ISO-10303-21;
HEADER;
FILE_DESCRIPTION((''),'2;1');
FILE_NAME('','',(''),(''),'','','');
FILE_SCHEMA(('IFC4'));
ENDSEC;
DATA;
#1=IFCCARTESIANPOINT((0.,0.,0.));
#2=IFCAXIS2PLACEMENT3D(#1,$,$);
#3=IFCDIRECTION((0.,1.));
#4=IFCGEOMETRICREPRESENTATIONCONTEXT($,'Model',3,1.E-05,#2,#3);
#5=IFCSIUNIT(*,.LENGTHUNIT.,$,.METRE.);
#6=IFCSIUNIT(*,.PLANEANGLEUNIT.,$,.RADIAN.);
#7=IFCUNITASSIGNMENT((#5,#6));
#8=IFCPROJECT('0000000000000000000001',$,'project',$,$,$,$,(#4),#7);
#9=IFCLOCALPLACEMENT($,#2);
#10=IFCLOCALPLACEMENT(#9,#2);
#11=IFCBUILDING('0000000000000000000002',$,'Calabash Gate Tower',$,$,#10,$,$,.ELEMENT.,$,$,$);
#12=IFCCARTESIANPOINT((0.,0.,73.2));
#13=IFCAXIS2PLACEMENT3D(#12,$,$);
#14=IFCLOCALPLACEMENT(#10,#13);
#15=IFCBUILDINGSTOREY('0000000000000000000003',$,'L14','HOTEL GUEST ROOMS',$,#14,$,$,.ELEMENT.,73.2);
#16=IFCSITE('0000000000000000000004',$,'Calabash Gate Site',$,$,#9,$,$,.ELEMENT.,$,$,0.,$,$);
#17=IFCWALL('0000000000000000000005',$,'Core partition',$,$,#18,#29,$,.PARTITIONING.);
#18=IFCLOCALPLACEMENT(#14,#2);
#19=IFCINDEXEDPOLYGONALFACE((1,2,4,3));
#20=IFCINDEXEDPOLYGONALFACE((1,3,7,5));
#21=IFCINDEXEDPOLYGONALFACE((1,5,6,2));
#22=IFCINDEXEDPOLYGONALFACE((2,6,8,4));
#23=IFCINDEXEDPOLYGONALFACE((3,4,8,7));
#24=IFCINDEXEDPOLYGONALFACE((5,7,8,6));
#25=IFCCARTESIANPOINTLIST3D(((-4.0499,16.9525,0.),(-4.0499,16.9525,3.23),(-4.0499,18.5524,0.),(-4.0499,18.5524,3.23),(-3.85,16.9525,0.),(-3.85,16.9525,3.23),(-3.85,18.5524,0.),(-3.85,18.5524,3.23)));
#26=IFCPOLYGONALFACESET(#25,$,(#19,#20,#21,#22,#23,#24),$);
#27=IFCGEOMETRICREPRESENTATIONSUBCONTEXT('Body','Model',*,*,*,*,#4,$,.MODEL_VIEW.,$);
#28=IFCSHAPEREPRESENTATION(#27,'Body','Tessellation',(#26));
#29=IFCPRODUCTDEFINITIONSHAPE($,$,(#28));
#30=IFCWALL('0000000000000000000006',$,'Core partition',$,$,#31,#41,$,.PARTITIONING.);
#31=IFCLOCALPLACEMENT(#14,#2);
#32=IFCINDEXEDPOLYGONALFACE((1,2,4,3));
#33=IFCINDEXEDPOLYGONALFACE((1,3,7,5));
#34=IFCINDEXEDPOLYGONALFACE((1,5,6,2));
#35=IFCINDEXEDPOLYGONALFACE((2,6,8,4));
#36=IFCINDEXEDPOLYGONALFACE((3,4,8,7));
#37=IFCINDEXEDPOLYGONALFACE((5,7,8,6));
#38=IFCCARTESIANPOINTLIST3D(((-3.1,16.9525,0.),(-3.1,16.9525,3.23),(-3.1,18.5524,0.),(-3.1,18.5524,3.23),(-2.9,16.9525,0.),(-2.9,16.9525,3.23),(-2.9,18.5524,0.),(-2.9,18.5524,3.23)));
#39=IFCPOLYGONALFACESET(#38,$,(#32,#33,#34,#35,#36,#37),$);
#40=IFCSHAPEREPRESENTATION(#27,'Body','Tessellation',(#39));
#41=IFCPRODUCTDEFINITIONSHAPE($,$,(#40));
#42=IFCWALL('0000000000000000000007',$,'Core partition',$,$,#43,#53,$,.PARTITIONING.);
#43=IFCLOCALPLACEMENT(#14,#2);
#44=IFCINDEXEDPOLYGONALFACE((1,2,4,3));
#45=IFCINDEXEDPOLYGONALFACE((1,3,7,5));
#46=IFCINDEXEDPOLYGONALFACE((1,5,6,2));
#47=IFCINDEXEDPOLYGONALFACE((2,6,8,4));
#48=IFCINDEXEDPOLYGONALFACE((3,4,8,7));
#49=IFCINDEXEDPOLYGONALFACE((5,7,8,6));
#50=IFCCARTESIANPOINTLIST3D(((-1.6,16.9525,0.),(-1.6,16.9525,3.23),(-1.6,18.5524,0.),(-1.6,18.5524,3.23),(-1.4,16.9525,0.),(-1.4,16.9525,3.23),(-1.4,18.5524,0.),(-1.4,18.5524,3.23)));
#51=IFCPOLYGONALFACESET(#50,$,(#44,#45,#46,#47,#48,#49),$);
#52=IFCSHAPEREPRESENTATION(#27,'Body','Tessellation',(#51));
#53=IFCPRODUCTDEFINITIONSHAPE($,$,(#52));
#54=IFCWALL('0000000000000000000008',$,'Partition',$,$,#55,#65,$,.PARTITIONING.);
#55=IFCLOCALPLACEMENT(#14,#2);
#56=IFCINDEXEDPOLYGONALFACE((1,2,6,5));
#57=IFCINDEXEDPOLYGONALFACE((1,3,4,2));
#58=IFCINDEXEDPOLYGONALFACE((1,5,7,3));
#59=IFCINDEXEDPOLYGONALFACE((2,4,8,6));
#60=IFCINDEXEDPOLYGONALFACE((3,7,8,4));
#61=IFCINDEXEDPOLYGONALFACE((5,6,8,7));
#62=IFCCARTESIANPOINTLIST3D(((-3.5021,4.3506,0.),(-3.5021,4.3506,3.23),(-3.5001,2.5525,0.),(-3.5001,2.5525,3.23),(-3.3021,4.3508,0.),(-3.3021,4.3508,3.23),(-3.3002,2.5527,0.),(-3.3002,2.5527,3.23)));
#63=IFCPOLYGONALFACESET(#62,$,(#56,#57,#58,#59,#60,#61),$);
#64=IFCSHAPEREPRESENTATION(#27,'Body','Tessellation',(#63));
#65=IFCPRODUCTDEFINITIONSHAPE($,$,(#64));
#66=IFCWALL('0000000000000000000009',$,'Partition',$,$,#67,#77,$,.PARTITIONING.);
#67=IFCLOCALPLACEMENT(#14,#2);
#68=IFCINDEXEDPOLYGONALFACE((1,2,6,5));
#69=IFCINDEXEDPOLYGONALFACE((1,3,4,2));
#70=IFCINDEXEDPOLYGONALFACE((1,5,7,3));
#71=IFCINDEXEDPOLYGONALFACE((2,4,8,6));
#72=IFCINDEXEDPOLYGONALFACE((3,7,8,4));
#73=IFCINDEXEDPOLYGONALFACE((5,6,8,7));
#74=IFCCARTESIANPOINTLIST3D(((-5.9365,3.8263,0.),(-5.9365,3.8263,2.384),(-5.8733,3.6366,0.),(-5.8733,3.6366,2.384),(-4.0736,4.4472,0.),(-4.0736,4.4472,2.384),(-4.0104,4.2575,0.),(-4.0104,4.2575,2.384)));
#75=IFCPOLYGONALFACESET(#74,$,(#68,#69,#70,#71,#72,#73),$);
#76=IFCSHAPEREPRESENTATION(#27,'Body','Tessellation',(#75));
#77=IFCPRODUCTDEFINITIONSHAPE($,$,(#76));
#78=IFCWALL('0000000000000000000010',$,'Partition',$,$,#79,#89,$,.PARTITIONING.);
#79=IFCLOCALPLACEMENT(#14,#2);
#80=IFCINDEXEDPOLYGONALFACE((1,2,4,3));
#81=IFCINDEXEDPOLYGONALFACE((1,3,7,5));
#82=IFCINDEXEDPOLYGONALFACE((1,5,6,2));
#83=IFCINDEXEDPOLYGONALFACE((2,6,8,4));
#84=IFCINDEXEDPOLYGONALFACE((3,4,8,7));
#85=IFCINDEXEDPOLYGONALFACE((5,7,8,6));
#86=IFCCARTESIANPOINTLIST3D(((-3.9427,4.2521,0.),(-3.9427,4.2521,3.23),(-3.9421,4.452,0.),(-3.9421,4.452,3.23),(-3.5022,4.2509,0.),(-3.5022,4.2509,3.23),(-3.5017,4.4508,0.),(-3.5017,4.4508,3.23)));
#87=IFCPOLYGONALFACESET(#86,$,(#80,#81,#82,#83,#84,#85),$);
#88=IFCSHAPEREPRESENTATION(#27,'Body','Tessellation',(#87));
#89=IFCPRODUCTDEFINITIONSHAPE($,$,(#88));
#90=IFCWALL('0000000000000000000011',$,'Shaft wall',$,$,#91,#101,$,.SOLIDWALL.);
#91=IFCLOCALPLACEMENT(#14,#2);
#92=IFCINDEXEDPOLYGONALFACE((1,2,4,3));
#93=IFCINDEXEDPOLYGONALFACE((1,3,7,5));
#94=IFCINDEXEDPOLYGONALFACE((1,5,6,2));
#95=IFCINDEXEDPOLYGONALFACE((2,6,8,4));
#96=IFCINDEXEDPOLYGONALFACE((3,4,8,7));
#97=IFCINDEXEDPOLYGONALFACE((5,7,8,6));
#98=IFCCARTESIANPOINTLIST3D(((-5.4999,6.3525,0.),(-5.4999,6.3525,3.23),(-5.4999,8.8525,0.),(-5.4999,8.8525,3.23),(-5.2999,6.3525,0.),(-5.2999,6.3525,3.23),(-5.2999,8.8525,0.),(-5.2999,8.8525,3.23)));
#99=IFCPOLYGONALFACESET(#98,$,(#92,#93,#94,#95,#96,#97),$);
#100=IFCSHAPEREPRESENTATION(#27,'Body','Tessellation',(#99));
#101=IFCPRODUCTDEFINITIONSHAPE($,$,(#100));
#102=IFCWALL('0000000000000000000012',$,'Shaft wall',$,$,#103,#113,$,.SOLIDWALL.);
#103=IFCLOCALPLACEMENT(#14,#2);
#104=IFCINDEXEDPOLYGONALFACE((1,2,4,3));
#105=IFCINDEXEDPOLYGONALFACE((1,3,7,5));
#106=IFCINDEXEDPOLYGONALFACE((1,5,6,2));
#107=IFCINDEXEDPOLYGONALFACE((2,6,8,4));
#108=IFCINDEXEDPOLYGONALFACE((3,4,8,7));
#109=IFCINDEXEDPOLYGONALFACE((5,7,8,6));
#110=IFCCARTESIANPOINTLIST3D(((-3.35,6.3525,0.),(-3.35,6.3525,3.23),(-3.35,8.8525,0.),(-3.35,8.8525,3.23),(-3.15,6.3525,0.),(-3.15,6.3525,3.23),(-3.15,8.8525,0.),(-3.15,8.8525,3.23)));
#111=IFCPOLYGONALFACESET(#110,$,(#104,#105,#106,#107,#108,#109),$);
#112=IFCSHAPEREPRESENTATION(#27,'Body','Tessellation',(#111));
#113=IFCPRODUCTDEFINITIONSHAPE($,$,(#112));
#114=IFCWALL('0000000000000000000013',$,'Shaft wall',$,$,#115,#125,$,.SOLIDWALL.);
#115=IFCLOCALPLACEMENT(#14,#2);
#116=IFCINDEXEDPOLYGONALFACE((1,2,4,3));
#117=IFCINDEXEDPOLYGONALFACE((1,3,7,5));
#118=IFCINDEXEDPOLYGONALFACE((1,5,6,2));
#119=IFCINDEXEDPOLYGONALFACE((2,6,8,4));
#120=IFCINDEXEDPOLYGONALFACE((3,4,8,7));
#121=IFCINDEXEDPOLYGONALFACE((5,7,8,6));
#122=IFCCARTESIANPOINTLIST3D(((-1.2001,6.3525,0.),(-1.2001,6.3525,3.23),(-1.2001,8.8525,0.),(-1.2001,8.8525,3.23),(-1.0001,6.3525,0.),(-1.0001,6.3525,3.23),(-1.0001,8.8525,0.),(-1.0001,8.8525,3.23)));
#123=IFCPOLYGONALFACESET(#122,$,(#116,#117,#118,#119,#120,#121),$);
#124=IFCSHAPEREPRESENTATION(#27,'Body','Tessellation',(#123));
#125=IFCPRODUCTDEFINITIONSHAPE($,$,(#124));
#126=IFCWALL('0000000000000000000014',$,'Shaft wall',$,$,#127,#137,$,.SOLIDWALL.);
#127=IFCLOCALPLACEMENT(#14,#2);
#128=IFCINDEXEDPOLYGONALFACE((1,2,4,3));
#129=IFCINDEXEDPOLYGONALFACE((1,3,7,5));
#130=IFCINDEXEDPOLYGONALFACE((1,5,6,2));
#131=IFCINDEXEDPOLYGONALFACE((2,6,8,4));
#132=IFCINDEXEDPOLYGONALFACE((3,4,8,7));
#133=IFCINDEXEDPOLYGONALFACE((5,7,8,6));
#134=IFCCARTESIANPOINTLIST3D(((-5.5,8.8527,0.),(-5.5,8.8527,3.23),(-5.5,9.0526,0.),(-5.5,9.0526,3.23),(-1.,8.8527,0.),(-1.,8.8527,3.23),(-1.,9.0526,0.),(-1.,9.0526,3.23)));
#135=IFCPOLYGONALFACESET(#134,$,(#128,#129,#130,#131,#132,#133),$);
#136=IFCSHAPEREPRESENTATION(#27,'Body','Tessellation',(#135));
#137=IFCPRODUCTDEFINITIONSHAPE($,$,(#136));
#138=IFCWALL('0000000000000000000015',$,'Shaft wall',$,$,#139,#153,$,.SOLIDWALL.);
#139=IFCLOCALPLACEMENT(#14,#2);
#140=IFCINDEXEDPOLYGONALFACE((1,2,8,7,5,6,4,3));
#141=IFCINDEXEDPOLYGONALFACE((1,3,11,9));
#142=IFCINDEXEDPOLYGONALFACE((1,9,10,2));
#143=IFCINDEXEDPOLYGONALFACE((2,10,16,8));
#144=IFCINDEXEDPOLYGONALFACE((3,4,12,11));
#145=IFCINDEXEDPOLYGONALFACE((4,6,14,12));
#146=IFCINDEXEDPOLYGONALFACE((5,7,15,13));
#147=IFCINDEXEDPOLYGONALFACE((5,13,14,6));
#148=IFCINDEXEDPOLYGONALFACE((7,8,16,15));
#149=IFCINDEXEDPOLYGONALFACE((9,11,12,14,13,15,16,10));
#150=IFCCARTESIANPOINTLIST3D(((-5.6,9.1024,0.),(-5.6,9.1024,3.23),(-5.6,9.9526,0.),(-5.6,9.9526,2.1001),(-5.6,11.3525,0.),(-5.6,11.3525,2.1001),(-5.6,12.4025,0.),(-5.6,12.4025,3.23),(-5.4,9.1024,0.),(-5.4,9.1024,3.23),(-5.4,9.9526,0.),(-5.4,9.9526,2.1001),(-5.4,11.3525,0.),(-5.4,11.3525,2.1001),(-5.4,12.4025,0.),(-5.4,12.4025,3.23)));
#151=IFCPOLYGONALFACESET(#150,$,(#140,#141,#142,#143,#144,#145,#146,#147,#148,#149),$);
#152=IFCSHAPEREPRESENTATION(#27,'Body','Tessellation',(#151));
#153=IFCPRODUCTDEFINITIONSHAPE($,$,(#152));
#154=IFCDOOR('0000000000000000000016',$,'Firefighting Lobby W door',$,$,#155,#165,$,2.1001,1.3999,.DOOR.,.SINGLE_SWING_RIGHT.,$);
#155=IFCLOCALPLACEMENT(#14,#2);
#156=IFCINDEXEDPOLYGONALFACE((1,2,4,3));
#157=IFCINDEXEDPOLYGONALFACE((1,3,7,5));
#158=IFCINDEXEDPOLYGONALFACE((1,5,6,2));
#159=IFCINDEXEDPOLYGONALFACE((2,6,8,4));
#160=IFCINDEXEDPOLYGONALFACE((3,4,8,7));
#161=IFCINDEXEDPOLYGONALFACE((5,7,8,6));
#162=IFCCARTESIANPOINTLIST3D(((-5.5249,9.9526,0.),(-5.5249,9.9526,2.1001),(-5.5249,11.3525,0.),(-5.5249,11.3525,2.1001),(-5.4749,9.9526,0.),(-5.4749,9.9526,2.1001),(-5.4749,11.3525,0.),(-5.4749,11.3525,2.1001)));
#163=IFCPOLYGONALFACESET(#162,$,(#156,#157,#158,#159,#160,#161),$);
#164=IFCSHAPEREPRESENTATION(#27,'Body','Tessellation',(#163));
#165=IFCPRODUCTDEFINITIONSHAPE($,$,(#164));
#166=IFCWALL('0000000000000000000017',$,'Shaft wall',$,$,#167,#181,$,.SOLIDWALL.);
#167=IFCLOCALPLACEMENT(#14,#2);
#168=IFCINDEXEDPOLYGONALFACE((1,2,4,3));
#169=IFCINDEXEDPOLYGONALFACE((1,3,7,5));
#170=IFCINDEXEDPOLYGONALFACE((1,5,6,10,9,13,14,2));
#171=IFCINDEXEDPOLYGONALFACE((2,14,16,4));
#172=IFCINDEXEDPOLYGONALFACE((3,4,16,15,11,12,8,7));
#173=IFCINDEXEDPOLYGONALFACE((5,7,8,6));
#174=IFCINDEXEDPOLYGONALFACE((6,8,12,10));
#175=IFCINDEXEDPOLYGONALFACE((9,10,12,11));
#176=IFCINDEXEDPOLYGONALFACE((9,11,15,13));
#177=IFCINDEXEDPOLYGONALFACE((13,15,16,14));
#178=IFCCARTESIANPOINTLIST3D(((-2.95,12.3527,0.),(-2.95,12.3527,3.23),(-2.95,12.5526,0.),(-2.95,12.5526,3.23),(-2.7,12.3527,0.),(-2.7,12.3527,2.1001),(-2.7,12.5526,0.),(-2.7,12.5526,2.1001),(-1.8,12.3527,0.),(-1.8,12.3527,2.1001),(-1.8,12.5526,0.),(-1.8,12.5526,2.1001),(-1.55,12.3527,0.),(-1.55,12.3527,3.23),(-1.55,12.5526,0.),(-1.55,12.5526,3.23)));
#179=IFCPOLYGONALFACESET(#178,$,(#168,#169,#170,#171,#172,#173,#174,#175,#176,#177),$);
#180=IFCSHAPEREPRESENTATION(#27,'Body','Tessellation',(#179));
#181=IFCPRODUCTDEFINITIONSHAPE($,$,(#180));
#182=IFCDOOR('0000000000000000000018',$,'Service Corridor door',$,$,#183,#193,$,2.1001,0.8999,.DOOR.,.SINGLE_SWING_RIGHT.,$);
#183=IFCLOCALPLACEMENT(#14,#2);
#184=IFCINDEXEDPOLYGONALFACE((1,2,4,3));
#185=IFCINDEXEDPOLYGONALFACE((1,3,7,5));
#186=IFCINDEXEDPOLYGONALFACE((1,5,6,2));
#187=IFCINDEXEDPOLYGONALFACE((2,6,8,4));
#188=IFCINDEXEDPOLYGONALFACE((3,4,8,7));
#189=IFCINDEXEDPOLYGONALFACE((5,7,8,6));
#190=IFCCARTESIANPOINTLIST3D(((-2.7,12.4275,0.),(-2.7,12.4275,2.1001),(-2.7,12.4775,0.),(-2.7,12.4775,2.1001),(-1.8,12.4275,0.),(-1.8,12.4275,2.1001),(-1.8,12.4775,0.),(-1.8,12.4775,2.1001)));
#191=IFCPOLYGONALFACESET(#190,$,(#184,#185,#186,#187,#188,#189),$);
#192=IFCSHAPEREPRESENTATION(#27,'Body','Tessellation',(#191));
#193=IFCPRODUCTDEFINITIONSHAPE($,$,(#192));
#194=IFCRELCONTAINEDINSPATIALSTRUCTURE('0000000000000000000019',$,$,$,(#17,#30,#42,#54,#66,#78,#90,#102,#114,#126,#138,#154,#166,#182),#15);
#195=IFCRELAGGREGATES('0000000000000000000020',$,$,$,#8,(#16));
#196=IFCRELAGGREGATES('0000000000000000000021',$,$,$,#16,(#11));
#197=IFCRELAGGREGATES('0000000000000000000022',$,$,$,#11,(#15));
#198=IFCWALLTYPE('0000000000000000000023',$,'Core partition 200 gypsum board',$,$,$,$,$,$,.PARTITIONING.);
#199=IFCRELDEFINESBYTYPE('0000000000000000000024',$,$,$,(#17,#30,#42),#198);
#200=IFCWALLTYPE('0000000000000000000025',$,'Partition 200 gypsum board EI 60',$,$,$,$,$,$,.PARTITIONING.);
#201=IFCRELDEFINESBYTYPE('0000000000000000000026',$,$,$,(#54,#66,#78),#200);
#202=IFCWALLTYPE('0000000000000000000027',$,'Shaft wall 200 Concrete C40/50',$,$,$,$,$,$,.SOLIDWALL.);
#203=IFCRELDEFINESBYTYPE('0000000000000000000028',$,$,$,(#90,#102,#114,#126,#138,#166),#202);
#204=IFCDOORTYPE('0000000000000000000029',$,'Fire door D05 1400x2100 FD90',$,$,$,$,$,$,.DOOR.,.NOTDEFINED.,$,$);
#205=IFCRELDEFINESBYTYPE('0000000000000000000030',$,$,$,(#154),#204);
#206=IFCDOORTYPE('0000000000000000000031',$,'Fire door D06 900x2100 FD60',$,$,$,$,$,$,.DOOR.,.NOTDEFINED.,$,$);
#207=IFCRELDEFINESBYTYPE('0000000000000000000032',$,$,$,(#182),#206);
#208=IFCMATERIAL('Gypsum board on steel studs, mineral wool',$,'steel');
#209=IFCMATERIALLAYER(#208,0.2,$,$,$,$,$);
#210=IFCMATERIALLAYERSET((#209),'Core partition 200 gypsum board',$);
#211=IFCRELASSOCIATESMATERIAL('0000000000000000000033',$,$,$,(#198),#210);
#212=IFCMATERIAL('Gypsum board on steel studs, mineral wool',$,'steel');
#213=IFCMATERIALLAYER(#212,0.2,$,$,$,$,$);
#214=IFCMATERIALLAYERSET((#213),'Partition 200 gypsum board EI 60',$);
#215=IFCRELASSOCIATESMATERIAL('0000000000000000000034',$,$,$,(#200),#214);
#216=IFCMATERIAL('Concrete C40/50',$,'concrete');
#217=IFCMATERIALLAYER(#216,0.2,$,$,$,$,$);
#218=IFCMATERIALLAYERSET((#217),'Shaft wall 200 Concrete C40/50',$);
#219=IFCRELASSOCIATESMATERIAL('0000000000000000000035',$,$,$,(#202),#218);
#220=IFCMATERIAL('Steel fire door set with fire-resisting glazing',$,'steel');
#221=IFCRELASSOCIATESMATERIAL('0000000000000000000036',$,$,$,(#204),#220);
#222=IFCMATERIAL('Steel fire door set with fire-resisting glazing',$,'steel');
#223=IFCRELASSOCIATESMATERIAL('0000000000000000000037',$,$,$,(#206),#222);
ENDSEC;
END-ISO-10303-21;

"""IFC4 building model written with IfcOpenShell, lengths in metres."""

from ifc_helpers import new_model, si_unit, direction, frame, frame_2d, origin, place, context, subcontext, project, spatial, rectangle, extrude, material, layer, layer_set, type_object, element, fill, save


model = new_model("IFC4")

# Units and contexts
model_context = context("Model", 3, precision=1e-05, world=origin(), true_north=direction((0.0, 1.0)))
body_context = subcontext(model_context, "Body", "Model", "MODEL_VIEW")
ifc_project = project(units=[si_unit("LENGTHUNIT", "METRE"), si_unit("PLANEANGLEUNIT", "RADIAN")], contexts=[model_context])

# Site, building, storey
site_placement = place(None, origin())
site = spatial("IfcSite", under=ifc_project, at=site_placement, Name="Calabash Gate Site", CompositionType="ELEMENT", RefElevation=0.0)
building_placement = place(site_placement, origin())
building = spatial("IfcBuilding", under=site, at=building_placement, Name="Calabash Gate Tower", CompositionType="ELEMENT")
storey_placement = place(building_placement, frame((0.0, 0.0, 73.2)))
storey = spatial("IfcBuildingStorey", under=building, at=storey_placement, Name="L14", Description="HOTEL GUEST ROOMS", CompositionType="ELEMENT", Elevation=73.2)

# Walls
ifc_material_1 = material(Name="Gypsum board on steel studs, mineral wool", Category="steel")
ifc_layer_1 = layer(ifc_material_1, 0.2)
ifc_layer_set_1 = layer_set([ifc_layer_1], Name="Core partition 200 gypsum board")
wall_type_1 = type_object("IfcWallType", Name="Core partition 200 gypsum board", PredefinedType="PARTITIONING", material=ifc_layer_set_1)
for number, where, z_axis, x_axis, name in (
    (1, (-3.95, 16.9526, 0.0), (0.0, 0.0, 1.0), (0.0, 1.0, 0.0), "Core partition"),
    (2, (-3.0, 16.9526, 0.0), (0.0, 0.0, 1.0), (0.0, 1.0, 0.0), "Core partition"),
    (3, (-1.5, 16.9526, 0.0), (0.0, 0.0, 1.0), (0.0, 1.0, 0.0), "Core partition"),
):
    element("IfcWall", number, at=place(storey_placement, frame(where, z_axis=z_axis, x_axis=x_axis)), inside=storey, type_object=wall_type_1, Name=name, PredefinedType="PARTITIONING", context=body_context, shape_type="SweptSolid", body=[
        extrude(rectangle(XDim=1.5999, YDim=0.2, at=frame_2d((0.7998, 0.0))), origin(), (0.0, 0.0, 1.0), 3.23),
    ])
ifc_material_2 = material(Name="Gypsum board on steel studs, mineral wool", Category="steel")
ifc_layer_2 = layer(ifc_material_2, 0.2)
ifc_layer_set_2 = layer_set([ifc_layer_2], Name="Partition 200 gypsum board EI 60")
wall_type_2 = type_object("IfcWallType", Name="Partition 200 gypsum board EI 60", PredefinedType="PARTITIONING", material=ifc_layer_set_2)
wall_1_placement = place(storey_placement, frame((-3.4021, 4.3506, 0.0), z_axis=(0.0, 0.0, 1.0), x_axis=(0.001086, -0.999999, 0.0)))
element("IfcWall", 4, at=wall_1_placement, inside=storey, type_object=wall_type_2, Name="Partition", PredefinedType="PARTITIONING", context=body_context, shape_type="SweptSolid", body=[
    extrude(rectangle(XDim=1.7981, YDim=0.2, at=frame_2d((0.8989, 0.0))), origin(), (0.0, 0.0, 1.0), 3.23),
])
wall_2_placement = place(storey_placement, frame((-5.905, 3.7314, 0.0), z_axis=(0.0, 0.0, 1.0), x_axis=(0.948696, 0.31619, 0.0)))
element("IfcWall", 5, at=wall_2_placement, inside=storey, type_object=wall_type_2, Name="Partition", PredefinedType="PARTITIONING", context=body_context, shape_type="SweptSolid", body=[
    extrude(rectangle(XDim=1.9636, YDim=0.2, at=frame_2d((0.9819, 0.0))), origin(), (0.0, 0.0, 1.0), 2.384),
])
wall_3_placement = place(storey_placement, frame((-3.9424, 4.3521, 0.0), z_axis=(0.0, 0.0, 1.0), x_axis=(0.999996, -0.002772, 0.0)))
element("IfcWall", 6, at=wall_3_placement, inside=storey, type_object=wall_type_2, Name="Partition", PredefinedType="PARTITIONING", context=body_context, shape_type="SweptSolid", body=[
    extrude(rectangle(XDim=0.4404, YDim=0.2, at=frame_2d((0.2202, 0.0))), origin(), (0.0, 0.0, 1.0), 3.23),
])
ifc_material_3 = material(Name="Concrete C40/50", Category="concrete")
ifc_layer_3 = layer(ifc_material_3, 0.2)
ifc_layer_set_3 = layer_set([ifc_layer_3], Name="Shaft wall 200 Concrete C40/50")
wall_type_3 = type_object("IfcWallType", Name="Shaft wall 200 Concrete C40/50", PredefinedType="SOLIDWALL", material=ifc_layer_set_3)
for number, where, z_axis, x_axis, name in (
    (7, (-5.3999, 6.3525, 0.0), (0.0, 0.0, 1.0), (0.0, 1.0, 0.0), "Shaft wall"),
    (8, (-3.25, 6.3525, 0.0), (0.0, 0.0, 1.0), (0.0, 1.0, 0.0), "Shaft wall"),
    (9, (-1.1001, 6.3525, 0.0), (0.0, 0.0, 1.0), (0.0, 1.0, 0.0), "Shaft wall"),
):
    element("IfcWall", number, at=place(storey_placement, frame(where, z_axis=z_axis, x_axis=x_axis)), inside=storey, type_object=wall_type_3, Name=name, PredefinedType="SOLIDWALL", context=body_context, shape_type="SweptSolid", body=[
        extrude(rectangle(XDim=2.5, YDim=0.2, at=frame_2d((1.25, 0.0))), origin(), (0.0, 0.0, 1.0), 3.23),
    ])
wall_4_placement = place(storey_placement, frame((-5.5, 8.9526, 0.0), z_axis=(0.0, 0.0, 1.0), x_axis=(1.0, 0.0, 0.0)))
element("IfcWall", 10, at=wall_4_placement, inside=storey, type_object=wall_type_3, Name="Shaft wall", PredefinedType="SOLIDWALL", context=body_context, shape_type="SweptSolid", body=[
    extrude(rectangle(XDim=4.5, YDim=0.2, at=frame_2d((2.25, 0.0))), origin(), (0.0, 0.0, 1.0), 3.23),
])

# Walls, openings, doors
wall_5_placement = place(storey_placement, frame((-5.5, 9.1025, 0.0), z_axis=(0.0, 0.0, 1.0), x_axis=(0.0, 1.0, 0.0)))
wall_5 = element("IfcWall", 11, at=wall_5_placement, inside=storey, type_object=wall_type_3, Name="Shaft wall", PredefinedType="SOLIDWALL", context=body_context, shape_type="SweptSolid", body=[
    extrude(rectangle(XDim=3.3, YDim=0.2, at=frame_2d((1.6499, 0.0))), origin(), (0.0, 0.0, 1.0), 3.23),
])
opening_1_placement = place(wall_5_placement, frame((0.8501, 0.0, 0.0)))
opening_1 = element("IfcOpeningElement", 12, at=opening_1_placement, cuts=wall_5, PredefinedType="OPENING", context=body_context, shape_type="SweptSolid", body=[
    extrude(rectangle(XDim=1.3999, YDim=2.1001, at=frame_2d((0.7, 1.05))), frame((0.0, 0.1099, 0.0), z_axis=(0.0, -1.0, 0.0), x_axis=(1.0, 0.0, 0.0)), (0.0, 0.0, 1.0), 0.22),
])
ifc_material_4 = material(Name="Steel fire door set with fire-resisting glazing", Category="steel")
door_type_1 = type_object("IfcDoorType", Name="Fire door D05 1400x2100 FD90", OperationType="NOTDEFINED", PredefinedType="DOOR", material=ifc_material_4)
door_1_placement = place(opening_1_placement, origin())
door_1 = element("IfcDoor", 13, at=door_1_placement, inside=storey, type_object=door_type_1, Name="Firefighting Lobby W door", OperationType="SINGLE_SWING_RIGHT", OverallHeight=2.1001, OverallWidth=1.3999, PredefinedType="DOOR", context=body_context, shape_type="SweptSolid", body=[
    extrude(rectangle(XDim=1.3999, YDim=2.1001, at=frame_2d((0.7, 1.05))), frame((0.0, 0.0249, 0.0), z_axis=(0.0, -1.0, 0.0), x_axis=(1.0, 0.0, 0.0)), (0.0, 0.0, 1.0), 0.05),
])
fill(opening_1, door_1)
wall_6_placement = place(storey_placement, frame((-2.95, 12.4526, 0.0), z_axis=(0.0, 0.0, 1.0), x_axis=(1.0, 0.0, 0.0)))
wall_6 = element("IfcWall", 14, at=wall_6_placement, inside=storey, type_object=wall_type_3, Name="Shaft wall", PredefinedType="SOLIDWALL", context=body_context, shape_type="SweptSolid", body=[
    extrude(rectangle(XDim=1.3999, YDim=0.2, at=frame_2d((0.7, 0.0))), origin(), (0.0, 0.0, 1.0), 3.23),
])
opening_2_placement = place(wall_6_placement, frame((0.25, 0.0, 0.0)))
opening_2 = element("IfcOpeningElement", 15, at=opening_2_placement, cuts=wall_6, PredefinedType="OPENING", context=body_context, shape_type="SweptSolid", body=[
    extrude(rectangle(XDim=0.8999, YDim=2.1001, at=frame_2d((0.45, 1.05))), frame((0.0, 0.1099, 0.0), z_axis=(0.0, -1.0, 0.0), x_axis=(1.0, 0.0, 0.0)), (0.0, 0.0, 1.0), 0.22),
])
ifc_material_5 = material(Name="Steel fire door set with fire-resisting glazing", Category="steel")
door_type_2 = type_object("IfcDoorType", Name="Fire door D06 900x2100 FD60", OperationType="NOTDEFINED", PredefinedType="DOOR", material=ifc_material_5)
door_2_placement = place(opening_2_placement, origin())
door_2 = element("IfcDoor", 16, at=door_2_placement, inside=storey, type_object=door_type_2, Name="Service Corridor door", OperationType="SINGLE_SWING_RIGHT", OverallHeight=2.1001, OverallWidth=0.8999, PredefinedType="DOOR", context=body_context, shape_type="SweptSolid", body=[
    extrude(rectangle(XDim=0.8999, YDim=2.1001, at=frame_2d((0.45, 1.05))), frame((0.0, 0.0249, 0.0), z_axis=(0.0, -1.0, 0.0), x_axis=(1.0, 0.0, 0.0)), (0.0, 0.0, 1.0), 0.05),
])
fill(opening_2, door_2)

save(model, "model.ifc")
